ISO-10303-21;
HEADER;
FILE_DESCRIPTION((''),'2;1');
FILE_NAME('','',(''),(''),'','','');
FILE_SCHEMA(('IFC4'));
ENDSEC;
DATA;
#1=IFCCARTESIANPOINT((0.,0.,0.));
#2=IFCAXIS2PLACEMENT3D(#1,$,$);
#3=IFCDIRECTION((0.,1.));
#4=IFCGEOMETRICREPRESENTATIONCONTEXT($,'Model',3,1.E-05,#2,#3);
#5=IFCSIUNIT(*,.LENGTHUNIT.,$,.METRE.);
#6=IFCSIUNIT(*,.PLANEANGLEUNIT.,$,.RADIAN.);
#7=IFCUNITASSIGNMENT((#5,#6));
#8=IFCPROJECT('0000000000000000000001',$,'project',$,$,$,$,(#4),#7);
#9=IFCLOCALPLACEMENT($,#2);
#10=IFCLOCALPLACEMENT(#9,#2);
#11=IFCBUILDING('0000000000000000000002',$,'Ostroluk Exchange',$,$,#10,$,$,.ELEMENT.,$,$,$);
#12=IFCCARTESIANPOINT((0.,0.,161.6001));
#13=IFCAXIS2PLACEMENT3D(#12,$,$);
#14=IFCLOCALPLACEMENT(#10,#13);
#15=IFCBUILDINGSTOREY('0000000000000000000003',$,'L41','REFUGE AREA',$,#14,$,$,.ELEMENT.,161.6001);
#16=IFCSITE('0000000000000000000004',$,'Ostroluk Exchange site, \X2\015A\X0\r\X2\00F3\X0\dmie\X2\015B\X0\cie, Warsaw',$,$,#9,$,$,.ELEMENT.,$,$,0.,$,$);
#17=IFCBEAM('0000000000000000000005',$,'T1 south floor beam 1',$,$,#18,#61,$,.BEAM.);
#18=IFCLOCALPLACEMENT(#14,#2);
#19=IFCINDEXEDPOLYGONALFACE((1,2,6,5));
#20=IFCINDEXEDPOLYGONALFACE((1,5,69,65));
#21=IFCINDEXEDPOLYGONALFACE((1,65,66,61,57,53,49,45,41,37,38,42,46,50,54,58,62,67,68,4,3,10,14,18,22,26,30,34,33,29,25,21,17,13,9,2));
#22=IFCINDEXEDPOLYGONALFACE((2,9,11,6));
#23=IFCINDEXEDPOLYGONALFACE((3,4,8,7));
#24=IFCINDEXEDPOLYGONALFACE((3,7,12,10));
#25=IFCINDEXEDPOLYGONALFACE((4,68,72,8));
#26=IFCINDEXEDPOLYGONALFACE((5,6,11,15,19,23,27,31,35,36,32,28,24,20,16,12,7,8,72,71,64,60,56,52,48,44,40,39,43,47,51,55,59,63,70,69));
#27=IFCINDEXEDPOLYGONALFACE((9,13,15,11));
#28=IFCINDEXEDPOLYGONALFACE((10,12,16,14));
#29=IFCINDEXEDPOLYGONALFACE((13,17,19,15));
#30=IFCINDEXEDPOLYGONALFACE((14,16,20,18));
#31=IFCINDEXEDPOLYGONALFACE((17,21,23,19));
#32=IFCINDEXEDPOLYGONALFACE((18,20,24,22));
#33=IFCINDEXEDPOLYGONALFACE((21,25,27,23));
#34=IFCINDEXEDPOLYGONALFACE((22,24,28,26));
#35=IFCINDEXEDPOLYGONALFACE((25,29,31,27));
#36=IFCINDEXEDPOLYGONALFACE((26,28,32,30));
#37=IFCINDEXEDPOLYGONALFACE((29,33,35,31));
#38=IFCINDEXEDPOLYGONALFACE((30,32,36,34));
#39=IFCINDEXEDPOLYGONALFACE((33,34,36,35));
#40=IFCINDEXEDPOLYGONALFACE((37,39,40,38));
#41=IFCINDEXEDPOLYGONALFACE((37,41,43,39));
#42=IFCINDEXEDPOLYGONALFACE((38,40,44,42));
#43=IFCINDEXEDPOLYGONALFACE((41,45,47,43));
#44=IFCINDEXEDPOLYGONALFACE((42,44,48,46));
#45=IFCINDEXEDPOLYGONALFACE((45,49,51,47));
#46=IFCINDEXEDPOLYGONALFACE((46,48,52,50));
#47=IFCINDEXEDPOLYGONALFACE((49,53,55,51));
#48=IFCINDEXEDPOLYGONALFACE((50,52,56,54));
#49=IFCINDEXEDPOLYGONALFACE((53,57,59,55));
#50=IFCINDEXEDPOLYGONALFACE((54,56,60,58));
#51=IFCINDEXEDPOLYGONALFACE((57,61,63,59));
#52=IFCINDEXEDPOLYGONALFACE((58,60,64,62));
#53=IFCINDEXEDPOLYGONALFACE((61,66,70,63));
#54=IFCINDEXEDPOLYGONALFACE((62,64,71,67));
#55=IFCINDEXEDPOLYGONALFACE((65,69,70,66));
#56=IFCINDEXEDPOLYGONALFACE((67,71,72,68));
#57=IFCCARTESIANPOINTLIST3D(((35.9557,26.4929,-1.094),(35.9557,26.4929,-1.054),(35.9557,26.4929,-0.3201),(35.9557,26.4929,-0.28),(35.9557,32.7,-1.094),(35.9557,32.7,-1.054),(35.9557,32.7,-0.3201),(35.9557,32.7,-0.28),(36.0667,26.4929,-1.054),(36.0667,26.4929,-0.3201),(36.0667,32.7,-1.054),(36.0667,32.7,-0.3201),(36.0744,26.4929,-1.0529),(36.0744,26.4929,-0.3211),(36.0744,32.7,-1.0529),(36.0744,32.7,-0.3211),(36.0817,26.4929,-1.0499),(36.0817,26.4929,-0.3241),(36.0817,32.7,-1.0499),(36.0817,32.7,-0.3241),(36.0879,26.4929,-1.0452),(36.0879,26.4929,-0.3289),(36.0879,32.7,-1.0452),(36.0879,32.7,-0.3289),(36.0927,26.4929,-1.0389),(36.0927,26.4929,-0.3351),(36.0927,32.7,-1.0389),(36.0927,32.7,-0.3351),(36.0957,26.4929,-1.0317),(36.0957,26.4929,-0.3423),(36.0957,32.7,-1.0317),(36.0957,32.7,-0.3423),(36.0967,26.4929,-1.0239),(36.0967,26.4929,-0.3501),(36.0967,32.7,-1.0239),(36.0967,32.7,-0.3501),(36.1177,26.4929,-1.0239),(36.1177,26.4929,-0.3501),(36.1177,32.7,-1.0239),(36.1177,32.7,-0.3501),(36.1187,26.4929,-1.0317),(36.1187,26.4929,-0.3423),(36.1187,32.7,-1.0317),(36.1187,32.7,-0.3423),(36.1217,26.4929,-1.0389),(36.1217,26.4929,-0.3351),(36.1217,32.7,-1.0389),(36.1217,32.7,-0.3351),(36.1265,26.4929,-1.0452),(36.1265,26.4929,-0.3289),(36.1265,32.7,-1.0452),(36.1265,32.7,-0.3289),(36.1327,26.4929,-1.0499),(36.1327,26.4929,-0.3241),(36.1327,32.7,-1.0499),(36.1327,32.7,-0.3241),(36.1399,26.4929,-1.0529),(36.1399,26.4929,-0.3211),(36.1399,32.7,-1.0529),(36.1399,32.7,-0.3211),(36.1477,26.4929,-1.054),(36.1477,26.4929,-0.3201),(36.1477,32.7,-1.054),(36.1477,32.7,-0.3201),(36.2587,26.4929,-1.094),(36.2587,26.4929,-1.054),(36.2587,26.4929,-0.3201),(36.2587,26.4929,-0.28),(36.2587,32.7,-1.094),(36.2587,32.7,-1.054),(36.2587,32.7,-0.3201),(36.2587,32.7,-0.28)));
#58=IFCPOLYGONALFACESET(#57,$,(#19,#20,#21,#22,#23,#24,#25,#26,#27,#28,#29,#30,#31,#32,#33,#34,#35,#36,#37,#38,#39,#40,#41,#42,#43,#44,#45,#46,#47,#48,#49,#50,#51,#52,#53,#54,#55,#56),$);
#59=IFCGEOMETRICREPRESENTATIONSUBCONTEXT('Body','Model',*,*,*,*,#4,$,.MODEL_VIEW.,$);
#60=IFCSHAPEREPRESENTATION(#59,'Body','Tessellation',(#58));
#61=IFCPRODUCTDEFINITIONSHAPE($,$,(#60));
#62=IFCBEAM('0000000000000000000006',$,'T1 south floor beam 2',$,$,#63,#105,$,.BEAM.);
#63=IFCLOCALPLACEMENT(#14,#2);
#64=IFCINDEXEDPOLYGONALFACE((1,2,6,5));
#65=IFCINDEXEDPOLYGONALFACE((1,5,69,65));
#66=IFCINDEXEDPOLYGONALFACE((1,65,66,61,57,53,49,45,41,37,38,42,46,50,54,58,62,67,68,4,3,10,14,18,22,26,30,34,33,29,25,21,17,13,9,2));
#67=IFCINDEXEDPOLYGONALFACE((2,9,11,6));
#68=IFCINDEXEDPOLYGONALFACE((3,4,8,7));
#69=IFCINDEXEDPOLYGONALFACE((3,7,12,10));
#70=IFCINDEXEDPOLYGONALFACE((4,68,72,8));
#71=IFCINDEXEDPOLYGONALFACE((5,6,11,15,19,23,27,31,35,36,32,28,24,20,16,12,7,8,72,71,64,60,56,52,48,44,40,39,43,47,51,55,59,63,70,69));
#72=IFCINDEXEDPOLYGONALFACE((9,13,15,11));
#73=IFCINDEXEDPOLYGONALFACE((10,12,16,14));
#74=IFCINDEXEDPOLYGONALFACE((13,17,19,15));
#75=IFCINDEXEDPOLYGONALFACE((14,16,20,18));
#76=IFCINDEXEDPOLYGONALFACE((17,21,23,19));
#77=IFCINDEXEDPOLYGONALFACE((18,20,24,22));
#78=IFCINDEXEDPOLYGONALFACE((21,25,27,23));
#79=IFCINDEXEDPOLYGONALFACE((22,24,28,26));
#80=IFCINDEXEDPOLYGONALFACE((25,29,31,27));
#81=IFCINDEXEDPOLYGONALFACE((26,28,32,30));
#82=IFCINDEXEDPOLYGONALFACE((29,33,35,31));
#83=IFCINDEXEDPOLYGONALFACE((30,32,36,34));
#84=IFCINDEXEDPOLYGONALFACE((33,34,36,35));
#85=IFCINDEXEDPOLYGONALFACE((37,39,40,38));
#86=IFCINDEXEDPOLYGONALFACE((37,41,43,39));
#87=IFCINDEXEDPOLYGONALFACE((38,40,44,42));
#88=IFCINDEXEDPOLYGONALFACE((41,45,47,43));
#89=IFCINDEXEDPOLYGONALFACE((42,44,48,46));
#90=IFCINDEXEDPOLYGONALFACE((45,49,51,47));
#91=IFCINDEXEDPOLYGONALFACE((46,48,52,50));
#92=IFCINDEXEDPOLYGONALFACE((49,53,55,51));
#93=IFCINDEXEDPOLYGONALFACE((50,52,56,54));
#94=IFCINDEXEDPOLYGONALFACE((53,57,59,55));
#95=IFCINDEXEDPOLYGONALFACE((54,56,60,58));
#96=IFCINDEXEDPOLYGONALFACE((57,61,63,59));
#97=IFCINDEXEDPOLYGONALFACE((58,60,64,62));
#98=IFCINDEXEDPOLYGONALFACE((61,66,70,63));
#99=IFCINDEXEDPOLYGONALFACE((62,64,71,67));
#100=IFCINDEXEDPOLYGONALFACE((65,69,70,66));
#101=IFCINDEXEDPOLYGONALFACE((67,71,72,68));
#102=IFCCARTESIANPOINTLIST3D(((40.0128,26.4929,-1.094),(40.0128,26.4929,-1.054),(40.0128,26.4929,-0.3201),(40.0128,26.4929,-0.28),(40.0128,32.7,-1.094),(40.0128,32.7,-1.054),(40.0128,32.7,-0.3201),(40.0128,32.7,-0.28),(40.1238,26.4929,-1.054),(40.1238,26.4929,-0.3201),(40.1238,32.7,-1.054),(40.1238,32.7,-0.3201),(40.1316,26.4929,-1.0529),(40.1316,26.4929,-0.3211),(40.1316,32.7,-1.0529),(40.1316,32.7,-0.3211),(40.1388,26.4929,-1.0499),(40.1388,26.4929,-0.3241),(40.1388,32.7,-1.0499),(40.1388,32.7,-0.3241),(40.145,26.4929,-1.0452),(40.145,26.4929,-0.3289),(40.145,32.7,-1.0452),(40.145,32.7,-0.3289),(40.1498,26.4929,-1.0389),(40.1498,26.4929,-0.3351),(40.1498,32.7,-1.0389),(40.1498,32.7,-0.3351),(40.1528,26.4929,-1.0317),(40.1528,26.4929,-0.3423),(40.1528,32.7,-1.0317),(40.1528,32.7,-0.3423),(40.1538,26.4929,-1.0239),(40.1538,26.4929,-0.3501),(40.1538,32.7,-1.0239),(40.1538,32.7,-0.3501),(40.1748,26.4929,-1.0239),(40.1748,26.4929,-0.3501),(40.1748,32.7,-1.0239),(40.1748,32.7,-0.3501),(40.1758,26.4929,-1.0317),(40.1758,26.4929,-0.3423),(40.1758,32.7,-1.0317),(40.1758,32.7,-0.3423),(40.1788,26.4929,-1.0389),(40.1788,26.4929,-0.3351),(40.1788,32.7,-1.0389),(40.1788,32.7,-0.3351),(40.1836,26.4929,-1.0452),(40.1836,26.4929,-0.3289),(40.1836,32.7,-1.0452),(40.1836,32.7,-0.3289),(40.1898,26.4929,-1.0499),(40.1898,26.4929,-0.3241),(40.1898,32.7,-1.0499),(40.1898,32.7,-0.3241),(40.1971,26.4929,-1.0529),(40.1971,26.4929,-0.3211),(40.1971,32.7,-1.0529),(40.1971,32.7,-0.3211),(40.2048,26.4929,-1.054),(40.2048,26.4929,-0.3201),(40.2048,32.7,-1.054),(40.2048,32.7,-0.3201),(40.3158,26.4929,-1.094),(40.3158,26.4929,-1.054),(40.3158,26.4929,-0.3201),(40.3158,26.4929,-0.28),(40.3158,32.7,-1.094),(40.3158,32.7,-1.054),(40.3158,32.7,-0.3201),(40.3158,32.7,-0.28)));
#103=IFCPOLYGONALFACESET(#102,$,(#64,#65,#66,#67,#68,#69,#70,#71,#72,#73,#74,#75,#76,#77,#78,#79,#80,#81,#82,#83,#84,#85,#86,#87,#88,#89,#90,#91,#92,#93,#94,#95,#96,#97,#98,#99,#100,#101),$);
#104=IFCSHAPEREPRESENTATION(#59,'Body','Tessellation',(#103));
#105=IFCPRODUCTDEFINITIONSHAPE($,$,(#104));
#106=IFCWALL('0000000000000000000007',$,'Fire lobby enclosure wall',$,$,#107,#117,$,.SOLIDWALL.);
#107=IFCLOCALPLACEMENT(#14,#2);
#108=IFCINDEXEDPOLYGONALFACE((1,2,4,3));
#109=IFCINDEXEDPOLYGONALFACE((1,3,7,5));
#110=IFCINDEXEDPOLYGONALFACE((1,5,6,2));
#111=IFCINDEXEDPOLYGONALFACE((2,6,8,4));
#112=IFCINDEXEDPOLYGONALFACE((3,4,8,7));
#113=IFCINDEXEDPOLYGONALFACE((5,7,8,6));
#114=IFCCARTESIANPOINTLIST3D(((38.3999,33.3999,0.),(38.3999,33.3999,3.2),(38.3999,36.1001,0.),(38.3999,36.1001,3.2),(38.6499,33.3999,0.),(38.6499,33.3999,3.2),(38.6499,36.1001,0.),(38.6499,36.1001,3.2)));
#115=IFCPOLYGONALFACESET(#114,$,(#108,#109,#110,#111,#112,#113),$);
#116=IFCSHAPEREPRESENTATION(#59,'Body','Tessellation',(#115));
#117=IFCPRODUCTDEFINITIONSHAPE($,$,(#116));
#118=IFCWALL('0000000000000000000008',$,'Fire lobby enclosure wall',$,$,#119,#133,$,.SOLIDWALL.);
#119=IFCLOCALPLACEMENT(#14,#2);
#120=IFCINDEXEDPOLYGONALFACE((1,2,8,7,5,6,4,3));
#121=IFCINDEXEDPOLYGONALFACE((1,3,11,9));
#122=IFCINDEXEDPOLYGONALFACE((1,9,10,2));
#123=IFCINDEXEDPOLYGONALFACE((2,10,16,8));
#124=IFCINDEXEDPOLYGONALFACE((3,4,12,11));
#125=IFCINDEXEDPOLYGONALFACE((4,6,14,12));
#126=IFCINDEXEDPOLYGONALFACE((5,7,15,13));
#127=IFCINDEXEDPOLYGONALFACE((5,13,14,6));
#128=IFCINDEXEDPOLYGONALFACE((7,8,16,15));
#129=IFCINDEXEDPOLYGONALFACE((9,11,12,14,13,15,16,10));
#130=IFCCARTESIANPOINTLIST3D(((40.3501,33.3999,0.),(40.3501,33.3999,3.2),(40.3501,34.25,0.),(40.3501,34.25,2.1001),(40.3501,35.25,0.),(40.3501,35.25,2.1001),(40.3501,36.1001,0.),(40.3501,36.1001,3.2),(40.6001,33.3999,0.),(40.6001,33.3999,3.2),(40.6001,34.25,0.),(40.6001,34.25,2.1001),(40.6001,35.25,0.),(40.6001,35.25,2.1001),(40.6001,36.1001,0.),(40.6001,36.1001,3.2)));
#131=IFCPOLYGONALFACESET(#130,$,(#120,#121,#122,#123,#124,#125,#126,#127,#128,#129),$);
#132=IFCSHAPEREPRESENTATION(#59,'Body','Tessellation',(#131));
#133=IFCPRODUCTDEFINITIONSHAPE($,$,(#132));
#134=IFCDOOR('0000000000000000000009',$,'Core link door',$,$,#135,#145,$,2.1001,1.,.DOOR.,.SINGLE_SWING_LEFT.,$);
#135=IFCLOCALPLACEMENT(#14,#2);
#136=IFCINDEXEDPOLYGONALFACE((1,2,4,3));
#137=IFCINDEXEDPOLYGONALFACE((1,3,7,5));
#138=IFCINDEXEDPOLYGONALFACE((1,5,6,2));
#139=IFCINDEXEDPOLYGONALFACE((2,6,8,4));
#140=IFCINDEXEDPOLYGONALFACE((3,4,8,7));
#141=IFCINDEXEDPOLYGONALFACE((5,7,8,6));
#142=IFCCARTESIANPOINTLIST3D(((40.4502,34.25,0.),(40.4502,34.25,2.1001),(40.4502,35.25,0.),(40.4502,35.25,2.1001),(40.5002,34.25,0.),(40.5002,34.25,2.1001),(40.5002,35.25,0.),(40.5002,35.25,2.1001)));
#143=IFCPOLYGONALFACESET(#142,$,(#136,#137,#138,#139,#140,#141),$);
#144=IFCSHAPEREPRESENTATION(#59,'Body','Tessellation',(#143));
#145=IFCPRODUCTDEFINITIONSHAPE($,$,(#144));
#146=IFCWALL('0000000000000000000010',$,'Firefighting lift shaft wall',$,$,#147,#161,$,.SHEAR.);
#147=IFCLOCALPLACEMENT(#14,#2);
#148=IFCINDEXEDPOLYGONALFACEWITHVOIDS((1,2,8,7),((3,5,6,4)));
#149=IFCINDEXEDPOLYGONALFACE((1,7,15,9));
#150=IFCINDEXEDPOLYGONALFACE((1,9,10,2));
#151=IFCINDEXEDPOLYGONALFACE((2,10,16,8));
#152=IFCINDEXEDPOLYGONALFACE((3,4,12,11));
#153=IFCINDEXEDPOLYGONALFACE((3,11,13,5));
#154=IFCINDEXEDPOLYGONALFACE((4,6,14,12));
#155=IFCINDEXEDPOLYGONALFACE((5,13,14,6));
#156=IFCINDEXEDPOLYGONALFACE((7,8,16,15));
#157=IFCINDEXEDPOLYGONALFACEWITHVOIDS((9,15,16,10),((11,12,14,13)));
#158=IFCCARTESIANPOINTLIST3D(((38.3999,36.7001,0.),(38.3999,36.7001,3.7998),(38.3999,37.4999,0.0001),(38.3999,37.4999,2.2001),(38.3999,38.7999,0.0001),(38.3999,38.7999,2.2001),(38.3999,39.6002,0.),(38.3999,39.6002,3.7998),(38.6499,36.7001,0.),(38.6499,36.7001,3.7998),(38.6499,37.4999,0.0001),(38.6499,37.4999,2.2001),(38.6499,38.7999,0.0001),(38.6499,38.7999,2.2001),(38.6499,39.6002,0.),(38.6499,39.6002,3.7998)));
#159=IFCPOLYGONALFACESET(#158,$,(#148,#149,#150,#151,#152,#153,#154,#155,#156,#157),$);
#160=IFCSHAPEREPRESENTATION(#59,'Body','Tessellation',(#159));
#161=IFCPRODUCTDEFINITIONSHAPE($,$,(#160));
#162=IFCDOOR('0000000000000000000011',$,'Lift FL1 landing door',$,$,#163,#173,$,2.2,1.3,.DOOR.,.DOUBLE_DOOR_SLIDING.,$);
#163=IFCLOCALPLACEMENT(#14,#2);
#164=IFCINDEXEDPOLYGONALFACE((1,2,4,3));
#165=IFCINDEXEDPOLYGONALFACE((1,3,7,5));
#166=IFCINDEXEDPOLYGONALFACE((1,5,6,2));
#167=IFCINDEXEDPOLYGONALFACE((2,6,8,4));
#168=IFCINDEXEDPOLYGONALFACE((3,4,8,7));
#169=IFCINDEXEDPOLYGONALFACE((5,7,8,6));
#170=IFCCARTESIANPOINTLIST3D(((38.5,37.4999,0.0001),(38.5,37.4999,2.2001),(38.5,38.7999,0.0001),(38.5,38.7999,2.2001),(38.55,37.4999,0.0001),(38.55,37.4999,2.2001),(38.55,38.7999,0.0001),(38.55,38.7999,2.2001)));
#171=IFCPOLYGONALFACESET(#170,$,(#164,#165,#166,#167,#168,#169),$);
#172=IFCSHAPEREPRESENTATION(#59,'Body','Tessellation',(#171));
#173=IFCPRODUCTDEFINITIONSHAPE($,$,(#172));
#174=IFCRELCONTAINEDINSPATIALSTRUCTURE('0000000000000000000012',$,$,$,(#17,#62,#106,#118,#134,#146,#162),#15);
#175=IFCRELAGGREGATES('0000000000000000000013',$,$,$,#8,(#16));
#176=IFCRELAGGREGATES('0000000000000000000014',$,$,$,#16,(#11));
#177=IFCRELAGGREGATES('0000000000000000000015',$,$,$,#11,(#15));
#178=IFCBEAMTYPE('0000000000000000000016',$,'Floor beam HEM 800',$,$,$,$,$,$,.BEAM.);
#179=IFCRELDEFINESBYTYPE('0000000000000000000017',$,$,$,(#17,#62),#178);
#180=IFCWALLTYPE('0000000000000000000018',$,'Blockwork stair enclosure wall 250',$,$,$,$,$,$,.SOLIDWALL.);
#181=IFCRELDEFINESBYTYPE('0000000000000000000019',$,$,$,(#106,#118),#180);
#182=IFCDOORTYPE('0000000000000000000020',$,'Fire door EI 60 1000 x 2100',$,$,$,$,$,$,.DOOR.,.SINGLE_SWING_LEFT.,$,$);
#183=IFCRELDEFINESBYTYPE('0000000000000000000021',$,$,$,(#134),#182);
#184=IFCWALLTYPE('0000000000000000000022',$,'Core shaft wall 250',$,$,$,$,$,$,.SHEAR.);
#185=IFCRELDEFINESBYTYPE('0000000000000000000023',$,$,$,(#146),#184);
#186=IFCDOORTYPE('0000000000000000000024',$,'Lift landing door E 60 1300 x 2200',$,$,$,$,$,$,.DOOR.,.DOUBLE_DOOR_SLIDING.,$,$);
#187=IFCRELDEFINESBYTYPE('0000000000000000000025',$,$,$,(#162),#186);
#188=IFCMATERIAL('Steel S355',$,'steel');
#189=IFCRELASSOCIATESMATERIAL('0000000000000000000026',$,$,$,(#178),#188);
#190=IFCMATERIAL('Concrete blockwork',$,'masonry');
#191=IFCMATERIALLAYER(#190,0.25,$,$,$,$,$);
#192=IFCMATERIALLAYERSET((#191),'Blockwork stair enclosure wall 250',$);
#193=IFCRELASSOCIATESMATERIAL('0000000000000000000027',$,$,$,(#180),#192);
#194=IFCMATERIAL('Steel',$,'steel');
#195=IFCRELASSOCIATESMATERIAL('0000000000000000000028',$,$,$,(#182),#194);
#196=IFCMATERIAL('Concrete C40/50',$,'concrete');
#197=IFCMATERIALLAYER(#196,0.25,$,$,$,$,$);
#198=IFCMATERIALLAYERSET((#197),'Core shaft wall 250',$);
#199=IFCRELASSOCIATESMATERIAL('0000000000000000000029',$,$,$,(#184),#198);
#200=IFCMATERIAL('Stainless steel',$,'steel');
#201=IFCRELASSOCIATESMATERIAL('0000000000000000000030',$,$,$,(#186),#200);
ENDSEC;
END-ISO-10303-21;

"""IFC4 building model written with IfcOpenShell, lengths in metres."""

from ifc_helpers import new_model, si_unit, direction, frame, frame_2d, origin, origin_2d, place, context, subcontext, project, spatial, rectangle, i_section, extrude, material, layer, layer_set, material_profile, profile_set, type_object, element, fill, save


model = new_model("IFC4")

# Units and contexts
model_context = context("Model", 3, precision=1e-05, world=origin(), true_north=direction((0.0, 1.0)))
body_context = subcontext(model_context, "Body", "Model", "MODEL_VIEW")
ifc_project = project(units=[si_unit("LENGTHUNIT", "METRE"), si_unit("PLANEANGLEUNIT", "RADIAN")], contexts=[model_context])

# Site, building, storey
site_placement = place(None, origin())
site = spatial("IfcSite", under=ifc_project, at=site_placement, Name="Ostroluk Exchange site, Śródmieście, Warsaw", CompositionType="ELEMENT", RefElevation=0.0)
building_placement = place(site_placement, origin())
building = spatial("IfcBuilding", under=site, at=building_placement, Name="Ostroluk Exchange", CompositionType="ELEMENT")
storey_placement = place(building_placement, frame((0.0, 0.0, 161.6001)))
storey = spatial("IfcBuildingStorey", under=building, at=storey_placement, Name="L41", Description="REFUGE AREA", CompositionType="ELEMENT", Elevation=161.6001)

# Beams
ifc_material_1 = material(Name="Steel S355", Category="steel")
ifc_material_profile = material_profile(ifc_material_1, i_section(OverallWidth=0.303, OverallDepth=0.814, WebThickness=0.021, FlangeThickness=0.04, FilletRadius=0.03, at=origin_2d()), Name="HEM 800")
ifc_profile_set = profile_set([ifc_material_profile], Name="Steel S355")
beam_type = type_object("IfcBeamType", Name="Floor beam HEM 800", PredefinedType="BEAM", material=ifc_profile_set)
for number, where, z_axis, x_axis, name in (
    (1, (36.1072, 32.7, -0.687), (0.0, -1.0, 0.0), (1.0, 0.0, 0.0), "T1 south floor beam 1"),
    (2, (40.1643, 32.7, -0.687), (0.0, -1.0, 0.0), (1.0, 0.0, 0.0), "T1 south floor beam 2"),
):
    element("IfcBeam", number, at=place(storey_placement, frame(where, z_axis=z_axis, x_axis=x_axis)), inside=storey, type_object=beam_type, Name=name, PredefinedType="BEAM", context=body_context, shape_type="SweptSolid", body=[
        extrude(i_section(OverallWidth=0.303, OverallDepth=0.814, WebThickness=0.021, FlangeThickness=0.04, FilletRadius=0.03, at=origin_2d()), origin(), (0.0, 0.0, 1.0), 6.207),
    ])

# Wall
ifc_material_2 = material(Name="Concrete blockwork", Category="masonry")
ifc_layer_1 = layer(ifc_material_2, 0.25)
ifc_layer_set_1 = layer_set([ifc_layer_1], Name="Blockwork stair enclosure wall 250")
wall_type_1 = type_object("IfcWallType", Name="Blockwork stair enclosure wall 250", PredefinedType="SOLIDWALL", material=ifc_layer_set_1)
wall_1_placement = place(storey_placement, frame((38.5249, 33.3999, 0.0), z_axis=(0.0, 0.0, 1.0), x_axis=(0.0, 1.0, 0.0)))
element("IfcWall", 3, at=wall_1_placement, inside=storey, type_object=wall_type_1, Name="Fire lobby enclosure wall", PredefinedType="SOLIDWALL", context=body_context, shape_type="SweptSolid", body=[
    extrude(rectangle(XDim=2.7002, YDim=0.25, at=frame_2d((1.3501, 0.0))), origin(), (0.0, 0.0, 1.0), 3.2),
])

# Walls, openings, doors
wall_2_placement = place(storey_placement, frame((40.4751, 33.3999, 0.0), z_axis=(0.0, 0.0, 1.0), x_axis=(0.0, 1.0, 0.0)))
wall_2 = element("IfcWall", 4, at=wall_2_placement, inside=storey, type_object=wall_type_1, Name="Fire lobby enclosure wall", PredefinedType="SOLIDWALL", context=body_context, shape_type="SweptSolid", body=[
    extrude(rectangle(XDim=2.7002, YDim=0.25, at=frame_2d((1.3501, 0.0))), origin(), (0.0, 0.0, 1.0), 3.2),
])
opening_1_placement = place(wall_2_placement, frame((0.8501, 0.0, 0.0)))
opening_1 = element("IfcOpeningElement", 5, at=opening_1_placement, cuts=wall_2, PredefinedType="OPENING", context=body_context, shape_type="SweptSolid", body=[
    extrude(rectangle(XDim=1.0, YDim=2.1001, at=frame_2d((0.5, 1.05))), frame((0.0, 0.135, 0.0), z_axis=(0.0, -1.0, 0.0), x_axis=(1.0, 0.0, 0.0)), (0.0, 0.0, 1.0), 0.27),
])
ifc_material_3 = material(Name="Steel", Category="steel")
door_type_1 = type_object("IfcDoorType", Name="Fire door EI 60 1000 x 2100", OperationType="SINGLE_SWING_LEFT", PredefinedType="DOOR", material=ifc_material_3)
door_1_placement = place(opening_1_placement, origin())
door_1 = element("IfcDoor", 6, at=door_1_placement, inside=storey, type_object=door_type_1, Name="Core link door", OperationType="SINGLE_SWING_LEFT", OverallHeight=2.1001, OverallWidth=1.0, PredefinedType="DOOR", context=body_context, shape_type="SweptSolid", body=[
    extrude(rectangle(XDim=1.0, YDim=2.1001, at=frame_2d((0.5, 1.05))), frame((0.0, 0.0249, 0.0), z_axis=(0.0, -1.0, 0.0), x_axis=(1.0, 0.0, 0.0)), (0.0, 0.0, 1.0), 0.05),
])
fill(opening_1, door_1)
ifc_material_4 = material(Name="Concrete C40/50", Category="concrete")
ifc_layer_2 = layer(ifc_material_4, 0.25)
ifc_layer_set_2 = layer_set([ifc_layer_2], Name="Core shaft wall 250")
wall_type_2 = type_object("IfcWallType", Name="Core shaft wall 250", PredefinedType="SHEAR", material=ifc_layer_set_2)
wall_3_placement = place(storey_placement, frame((38.5249, 36.7, 0.0), z_axis=(0.0, 0.0, 1.0), x_axis=(0.0, 1.0, 0.0)))
wall_3 = element("IfcWall", 7, at=wall_3_placement, inside=storey, type_object=wall_type_2, Name="Firefighting lift shaft wall", PredefinedType="SHEAR", context=body_context, shape_type="SweptSolid", body=[
    extrude(rectangle(XDim=2.9001, YDim=0.25, at=frame_2d((1.4502, 0.0))), origin(), (0.0, 0.0, 1.0), 3.7998),
])
opening_2_placement = place(wall_3_placement, frame((0.8, 0.0, 0.0)))
opening_2 = element("IfcOpeningElement", 8, at=opening_2_placement, cuts=wall_3, PredefinedType="OPENING", context=body_context, shape_type="SweptSolid", body=[
    extrude(rectangle(XDim=1.3, YDim=2.2, at=frame_2d((0.6499, 1.1001))), frame((0.0, 0.135, 0.0), z_axis=(0.0, -1.0, 0.0), x_axis=(1.0, 0.0, 0.0)), (0.0, 0.0, 1.0), 0.27),
])
ifc_material_5 = material(Name="Stainless steel", Category="steel")
door_type_2 = type_object("IfcDoorType", Name="Lift landing door E 60 1300 x 2200", OperationType="DOUBLE_DOOR_SLIDING", PredefinedType="DOOR", material=ifc_material_5)
door_2_placement = place(opening_2_placement, origin())
door_2 = element("IfcDoor", 9, at=door_2_placement, inside=storey, type_object=door_type_2, Name="Lift FL1 landing door", OperationType="DOUBLE_DOOR_SLIDING", OverallHeight=2.2, OverallWidth=1.3, PredefinedType="DOOR", context=body_context, shape_type="SweptSolid", body=[
    extrude(rectangle(XDim=1.3, YDim=2.2, at=frame_2d((0.6499, 1.1001))), frame((0.0, 0.0249, 0.0), z_axis=(0.0, -1.0, 0.0), x_axis=(1.0, 0.0, 0.0)), (0.0, 0.0, 1.0), 0.05),
])
fill(opening_2, door_2)

save(model, "model.ifc")
